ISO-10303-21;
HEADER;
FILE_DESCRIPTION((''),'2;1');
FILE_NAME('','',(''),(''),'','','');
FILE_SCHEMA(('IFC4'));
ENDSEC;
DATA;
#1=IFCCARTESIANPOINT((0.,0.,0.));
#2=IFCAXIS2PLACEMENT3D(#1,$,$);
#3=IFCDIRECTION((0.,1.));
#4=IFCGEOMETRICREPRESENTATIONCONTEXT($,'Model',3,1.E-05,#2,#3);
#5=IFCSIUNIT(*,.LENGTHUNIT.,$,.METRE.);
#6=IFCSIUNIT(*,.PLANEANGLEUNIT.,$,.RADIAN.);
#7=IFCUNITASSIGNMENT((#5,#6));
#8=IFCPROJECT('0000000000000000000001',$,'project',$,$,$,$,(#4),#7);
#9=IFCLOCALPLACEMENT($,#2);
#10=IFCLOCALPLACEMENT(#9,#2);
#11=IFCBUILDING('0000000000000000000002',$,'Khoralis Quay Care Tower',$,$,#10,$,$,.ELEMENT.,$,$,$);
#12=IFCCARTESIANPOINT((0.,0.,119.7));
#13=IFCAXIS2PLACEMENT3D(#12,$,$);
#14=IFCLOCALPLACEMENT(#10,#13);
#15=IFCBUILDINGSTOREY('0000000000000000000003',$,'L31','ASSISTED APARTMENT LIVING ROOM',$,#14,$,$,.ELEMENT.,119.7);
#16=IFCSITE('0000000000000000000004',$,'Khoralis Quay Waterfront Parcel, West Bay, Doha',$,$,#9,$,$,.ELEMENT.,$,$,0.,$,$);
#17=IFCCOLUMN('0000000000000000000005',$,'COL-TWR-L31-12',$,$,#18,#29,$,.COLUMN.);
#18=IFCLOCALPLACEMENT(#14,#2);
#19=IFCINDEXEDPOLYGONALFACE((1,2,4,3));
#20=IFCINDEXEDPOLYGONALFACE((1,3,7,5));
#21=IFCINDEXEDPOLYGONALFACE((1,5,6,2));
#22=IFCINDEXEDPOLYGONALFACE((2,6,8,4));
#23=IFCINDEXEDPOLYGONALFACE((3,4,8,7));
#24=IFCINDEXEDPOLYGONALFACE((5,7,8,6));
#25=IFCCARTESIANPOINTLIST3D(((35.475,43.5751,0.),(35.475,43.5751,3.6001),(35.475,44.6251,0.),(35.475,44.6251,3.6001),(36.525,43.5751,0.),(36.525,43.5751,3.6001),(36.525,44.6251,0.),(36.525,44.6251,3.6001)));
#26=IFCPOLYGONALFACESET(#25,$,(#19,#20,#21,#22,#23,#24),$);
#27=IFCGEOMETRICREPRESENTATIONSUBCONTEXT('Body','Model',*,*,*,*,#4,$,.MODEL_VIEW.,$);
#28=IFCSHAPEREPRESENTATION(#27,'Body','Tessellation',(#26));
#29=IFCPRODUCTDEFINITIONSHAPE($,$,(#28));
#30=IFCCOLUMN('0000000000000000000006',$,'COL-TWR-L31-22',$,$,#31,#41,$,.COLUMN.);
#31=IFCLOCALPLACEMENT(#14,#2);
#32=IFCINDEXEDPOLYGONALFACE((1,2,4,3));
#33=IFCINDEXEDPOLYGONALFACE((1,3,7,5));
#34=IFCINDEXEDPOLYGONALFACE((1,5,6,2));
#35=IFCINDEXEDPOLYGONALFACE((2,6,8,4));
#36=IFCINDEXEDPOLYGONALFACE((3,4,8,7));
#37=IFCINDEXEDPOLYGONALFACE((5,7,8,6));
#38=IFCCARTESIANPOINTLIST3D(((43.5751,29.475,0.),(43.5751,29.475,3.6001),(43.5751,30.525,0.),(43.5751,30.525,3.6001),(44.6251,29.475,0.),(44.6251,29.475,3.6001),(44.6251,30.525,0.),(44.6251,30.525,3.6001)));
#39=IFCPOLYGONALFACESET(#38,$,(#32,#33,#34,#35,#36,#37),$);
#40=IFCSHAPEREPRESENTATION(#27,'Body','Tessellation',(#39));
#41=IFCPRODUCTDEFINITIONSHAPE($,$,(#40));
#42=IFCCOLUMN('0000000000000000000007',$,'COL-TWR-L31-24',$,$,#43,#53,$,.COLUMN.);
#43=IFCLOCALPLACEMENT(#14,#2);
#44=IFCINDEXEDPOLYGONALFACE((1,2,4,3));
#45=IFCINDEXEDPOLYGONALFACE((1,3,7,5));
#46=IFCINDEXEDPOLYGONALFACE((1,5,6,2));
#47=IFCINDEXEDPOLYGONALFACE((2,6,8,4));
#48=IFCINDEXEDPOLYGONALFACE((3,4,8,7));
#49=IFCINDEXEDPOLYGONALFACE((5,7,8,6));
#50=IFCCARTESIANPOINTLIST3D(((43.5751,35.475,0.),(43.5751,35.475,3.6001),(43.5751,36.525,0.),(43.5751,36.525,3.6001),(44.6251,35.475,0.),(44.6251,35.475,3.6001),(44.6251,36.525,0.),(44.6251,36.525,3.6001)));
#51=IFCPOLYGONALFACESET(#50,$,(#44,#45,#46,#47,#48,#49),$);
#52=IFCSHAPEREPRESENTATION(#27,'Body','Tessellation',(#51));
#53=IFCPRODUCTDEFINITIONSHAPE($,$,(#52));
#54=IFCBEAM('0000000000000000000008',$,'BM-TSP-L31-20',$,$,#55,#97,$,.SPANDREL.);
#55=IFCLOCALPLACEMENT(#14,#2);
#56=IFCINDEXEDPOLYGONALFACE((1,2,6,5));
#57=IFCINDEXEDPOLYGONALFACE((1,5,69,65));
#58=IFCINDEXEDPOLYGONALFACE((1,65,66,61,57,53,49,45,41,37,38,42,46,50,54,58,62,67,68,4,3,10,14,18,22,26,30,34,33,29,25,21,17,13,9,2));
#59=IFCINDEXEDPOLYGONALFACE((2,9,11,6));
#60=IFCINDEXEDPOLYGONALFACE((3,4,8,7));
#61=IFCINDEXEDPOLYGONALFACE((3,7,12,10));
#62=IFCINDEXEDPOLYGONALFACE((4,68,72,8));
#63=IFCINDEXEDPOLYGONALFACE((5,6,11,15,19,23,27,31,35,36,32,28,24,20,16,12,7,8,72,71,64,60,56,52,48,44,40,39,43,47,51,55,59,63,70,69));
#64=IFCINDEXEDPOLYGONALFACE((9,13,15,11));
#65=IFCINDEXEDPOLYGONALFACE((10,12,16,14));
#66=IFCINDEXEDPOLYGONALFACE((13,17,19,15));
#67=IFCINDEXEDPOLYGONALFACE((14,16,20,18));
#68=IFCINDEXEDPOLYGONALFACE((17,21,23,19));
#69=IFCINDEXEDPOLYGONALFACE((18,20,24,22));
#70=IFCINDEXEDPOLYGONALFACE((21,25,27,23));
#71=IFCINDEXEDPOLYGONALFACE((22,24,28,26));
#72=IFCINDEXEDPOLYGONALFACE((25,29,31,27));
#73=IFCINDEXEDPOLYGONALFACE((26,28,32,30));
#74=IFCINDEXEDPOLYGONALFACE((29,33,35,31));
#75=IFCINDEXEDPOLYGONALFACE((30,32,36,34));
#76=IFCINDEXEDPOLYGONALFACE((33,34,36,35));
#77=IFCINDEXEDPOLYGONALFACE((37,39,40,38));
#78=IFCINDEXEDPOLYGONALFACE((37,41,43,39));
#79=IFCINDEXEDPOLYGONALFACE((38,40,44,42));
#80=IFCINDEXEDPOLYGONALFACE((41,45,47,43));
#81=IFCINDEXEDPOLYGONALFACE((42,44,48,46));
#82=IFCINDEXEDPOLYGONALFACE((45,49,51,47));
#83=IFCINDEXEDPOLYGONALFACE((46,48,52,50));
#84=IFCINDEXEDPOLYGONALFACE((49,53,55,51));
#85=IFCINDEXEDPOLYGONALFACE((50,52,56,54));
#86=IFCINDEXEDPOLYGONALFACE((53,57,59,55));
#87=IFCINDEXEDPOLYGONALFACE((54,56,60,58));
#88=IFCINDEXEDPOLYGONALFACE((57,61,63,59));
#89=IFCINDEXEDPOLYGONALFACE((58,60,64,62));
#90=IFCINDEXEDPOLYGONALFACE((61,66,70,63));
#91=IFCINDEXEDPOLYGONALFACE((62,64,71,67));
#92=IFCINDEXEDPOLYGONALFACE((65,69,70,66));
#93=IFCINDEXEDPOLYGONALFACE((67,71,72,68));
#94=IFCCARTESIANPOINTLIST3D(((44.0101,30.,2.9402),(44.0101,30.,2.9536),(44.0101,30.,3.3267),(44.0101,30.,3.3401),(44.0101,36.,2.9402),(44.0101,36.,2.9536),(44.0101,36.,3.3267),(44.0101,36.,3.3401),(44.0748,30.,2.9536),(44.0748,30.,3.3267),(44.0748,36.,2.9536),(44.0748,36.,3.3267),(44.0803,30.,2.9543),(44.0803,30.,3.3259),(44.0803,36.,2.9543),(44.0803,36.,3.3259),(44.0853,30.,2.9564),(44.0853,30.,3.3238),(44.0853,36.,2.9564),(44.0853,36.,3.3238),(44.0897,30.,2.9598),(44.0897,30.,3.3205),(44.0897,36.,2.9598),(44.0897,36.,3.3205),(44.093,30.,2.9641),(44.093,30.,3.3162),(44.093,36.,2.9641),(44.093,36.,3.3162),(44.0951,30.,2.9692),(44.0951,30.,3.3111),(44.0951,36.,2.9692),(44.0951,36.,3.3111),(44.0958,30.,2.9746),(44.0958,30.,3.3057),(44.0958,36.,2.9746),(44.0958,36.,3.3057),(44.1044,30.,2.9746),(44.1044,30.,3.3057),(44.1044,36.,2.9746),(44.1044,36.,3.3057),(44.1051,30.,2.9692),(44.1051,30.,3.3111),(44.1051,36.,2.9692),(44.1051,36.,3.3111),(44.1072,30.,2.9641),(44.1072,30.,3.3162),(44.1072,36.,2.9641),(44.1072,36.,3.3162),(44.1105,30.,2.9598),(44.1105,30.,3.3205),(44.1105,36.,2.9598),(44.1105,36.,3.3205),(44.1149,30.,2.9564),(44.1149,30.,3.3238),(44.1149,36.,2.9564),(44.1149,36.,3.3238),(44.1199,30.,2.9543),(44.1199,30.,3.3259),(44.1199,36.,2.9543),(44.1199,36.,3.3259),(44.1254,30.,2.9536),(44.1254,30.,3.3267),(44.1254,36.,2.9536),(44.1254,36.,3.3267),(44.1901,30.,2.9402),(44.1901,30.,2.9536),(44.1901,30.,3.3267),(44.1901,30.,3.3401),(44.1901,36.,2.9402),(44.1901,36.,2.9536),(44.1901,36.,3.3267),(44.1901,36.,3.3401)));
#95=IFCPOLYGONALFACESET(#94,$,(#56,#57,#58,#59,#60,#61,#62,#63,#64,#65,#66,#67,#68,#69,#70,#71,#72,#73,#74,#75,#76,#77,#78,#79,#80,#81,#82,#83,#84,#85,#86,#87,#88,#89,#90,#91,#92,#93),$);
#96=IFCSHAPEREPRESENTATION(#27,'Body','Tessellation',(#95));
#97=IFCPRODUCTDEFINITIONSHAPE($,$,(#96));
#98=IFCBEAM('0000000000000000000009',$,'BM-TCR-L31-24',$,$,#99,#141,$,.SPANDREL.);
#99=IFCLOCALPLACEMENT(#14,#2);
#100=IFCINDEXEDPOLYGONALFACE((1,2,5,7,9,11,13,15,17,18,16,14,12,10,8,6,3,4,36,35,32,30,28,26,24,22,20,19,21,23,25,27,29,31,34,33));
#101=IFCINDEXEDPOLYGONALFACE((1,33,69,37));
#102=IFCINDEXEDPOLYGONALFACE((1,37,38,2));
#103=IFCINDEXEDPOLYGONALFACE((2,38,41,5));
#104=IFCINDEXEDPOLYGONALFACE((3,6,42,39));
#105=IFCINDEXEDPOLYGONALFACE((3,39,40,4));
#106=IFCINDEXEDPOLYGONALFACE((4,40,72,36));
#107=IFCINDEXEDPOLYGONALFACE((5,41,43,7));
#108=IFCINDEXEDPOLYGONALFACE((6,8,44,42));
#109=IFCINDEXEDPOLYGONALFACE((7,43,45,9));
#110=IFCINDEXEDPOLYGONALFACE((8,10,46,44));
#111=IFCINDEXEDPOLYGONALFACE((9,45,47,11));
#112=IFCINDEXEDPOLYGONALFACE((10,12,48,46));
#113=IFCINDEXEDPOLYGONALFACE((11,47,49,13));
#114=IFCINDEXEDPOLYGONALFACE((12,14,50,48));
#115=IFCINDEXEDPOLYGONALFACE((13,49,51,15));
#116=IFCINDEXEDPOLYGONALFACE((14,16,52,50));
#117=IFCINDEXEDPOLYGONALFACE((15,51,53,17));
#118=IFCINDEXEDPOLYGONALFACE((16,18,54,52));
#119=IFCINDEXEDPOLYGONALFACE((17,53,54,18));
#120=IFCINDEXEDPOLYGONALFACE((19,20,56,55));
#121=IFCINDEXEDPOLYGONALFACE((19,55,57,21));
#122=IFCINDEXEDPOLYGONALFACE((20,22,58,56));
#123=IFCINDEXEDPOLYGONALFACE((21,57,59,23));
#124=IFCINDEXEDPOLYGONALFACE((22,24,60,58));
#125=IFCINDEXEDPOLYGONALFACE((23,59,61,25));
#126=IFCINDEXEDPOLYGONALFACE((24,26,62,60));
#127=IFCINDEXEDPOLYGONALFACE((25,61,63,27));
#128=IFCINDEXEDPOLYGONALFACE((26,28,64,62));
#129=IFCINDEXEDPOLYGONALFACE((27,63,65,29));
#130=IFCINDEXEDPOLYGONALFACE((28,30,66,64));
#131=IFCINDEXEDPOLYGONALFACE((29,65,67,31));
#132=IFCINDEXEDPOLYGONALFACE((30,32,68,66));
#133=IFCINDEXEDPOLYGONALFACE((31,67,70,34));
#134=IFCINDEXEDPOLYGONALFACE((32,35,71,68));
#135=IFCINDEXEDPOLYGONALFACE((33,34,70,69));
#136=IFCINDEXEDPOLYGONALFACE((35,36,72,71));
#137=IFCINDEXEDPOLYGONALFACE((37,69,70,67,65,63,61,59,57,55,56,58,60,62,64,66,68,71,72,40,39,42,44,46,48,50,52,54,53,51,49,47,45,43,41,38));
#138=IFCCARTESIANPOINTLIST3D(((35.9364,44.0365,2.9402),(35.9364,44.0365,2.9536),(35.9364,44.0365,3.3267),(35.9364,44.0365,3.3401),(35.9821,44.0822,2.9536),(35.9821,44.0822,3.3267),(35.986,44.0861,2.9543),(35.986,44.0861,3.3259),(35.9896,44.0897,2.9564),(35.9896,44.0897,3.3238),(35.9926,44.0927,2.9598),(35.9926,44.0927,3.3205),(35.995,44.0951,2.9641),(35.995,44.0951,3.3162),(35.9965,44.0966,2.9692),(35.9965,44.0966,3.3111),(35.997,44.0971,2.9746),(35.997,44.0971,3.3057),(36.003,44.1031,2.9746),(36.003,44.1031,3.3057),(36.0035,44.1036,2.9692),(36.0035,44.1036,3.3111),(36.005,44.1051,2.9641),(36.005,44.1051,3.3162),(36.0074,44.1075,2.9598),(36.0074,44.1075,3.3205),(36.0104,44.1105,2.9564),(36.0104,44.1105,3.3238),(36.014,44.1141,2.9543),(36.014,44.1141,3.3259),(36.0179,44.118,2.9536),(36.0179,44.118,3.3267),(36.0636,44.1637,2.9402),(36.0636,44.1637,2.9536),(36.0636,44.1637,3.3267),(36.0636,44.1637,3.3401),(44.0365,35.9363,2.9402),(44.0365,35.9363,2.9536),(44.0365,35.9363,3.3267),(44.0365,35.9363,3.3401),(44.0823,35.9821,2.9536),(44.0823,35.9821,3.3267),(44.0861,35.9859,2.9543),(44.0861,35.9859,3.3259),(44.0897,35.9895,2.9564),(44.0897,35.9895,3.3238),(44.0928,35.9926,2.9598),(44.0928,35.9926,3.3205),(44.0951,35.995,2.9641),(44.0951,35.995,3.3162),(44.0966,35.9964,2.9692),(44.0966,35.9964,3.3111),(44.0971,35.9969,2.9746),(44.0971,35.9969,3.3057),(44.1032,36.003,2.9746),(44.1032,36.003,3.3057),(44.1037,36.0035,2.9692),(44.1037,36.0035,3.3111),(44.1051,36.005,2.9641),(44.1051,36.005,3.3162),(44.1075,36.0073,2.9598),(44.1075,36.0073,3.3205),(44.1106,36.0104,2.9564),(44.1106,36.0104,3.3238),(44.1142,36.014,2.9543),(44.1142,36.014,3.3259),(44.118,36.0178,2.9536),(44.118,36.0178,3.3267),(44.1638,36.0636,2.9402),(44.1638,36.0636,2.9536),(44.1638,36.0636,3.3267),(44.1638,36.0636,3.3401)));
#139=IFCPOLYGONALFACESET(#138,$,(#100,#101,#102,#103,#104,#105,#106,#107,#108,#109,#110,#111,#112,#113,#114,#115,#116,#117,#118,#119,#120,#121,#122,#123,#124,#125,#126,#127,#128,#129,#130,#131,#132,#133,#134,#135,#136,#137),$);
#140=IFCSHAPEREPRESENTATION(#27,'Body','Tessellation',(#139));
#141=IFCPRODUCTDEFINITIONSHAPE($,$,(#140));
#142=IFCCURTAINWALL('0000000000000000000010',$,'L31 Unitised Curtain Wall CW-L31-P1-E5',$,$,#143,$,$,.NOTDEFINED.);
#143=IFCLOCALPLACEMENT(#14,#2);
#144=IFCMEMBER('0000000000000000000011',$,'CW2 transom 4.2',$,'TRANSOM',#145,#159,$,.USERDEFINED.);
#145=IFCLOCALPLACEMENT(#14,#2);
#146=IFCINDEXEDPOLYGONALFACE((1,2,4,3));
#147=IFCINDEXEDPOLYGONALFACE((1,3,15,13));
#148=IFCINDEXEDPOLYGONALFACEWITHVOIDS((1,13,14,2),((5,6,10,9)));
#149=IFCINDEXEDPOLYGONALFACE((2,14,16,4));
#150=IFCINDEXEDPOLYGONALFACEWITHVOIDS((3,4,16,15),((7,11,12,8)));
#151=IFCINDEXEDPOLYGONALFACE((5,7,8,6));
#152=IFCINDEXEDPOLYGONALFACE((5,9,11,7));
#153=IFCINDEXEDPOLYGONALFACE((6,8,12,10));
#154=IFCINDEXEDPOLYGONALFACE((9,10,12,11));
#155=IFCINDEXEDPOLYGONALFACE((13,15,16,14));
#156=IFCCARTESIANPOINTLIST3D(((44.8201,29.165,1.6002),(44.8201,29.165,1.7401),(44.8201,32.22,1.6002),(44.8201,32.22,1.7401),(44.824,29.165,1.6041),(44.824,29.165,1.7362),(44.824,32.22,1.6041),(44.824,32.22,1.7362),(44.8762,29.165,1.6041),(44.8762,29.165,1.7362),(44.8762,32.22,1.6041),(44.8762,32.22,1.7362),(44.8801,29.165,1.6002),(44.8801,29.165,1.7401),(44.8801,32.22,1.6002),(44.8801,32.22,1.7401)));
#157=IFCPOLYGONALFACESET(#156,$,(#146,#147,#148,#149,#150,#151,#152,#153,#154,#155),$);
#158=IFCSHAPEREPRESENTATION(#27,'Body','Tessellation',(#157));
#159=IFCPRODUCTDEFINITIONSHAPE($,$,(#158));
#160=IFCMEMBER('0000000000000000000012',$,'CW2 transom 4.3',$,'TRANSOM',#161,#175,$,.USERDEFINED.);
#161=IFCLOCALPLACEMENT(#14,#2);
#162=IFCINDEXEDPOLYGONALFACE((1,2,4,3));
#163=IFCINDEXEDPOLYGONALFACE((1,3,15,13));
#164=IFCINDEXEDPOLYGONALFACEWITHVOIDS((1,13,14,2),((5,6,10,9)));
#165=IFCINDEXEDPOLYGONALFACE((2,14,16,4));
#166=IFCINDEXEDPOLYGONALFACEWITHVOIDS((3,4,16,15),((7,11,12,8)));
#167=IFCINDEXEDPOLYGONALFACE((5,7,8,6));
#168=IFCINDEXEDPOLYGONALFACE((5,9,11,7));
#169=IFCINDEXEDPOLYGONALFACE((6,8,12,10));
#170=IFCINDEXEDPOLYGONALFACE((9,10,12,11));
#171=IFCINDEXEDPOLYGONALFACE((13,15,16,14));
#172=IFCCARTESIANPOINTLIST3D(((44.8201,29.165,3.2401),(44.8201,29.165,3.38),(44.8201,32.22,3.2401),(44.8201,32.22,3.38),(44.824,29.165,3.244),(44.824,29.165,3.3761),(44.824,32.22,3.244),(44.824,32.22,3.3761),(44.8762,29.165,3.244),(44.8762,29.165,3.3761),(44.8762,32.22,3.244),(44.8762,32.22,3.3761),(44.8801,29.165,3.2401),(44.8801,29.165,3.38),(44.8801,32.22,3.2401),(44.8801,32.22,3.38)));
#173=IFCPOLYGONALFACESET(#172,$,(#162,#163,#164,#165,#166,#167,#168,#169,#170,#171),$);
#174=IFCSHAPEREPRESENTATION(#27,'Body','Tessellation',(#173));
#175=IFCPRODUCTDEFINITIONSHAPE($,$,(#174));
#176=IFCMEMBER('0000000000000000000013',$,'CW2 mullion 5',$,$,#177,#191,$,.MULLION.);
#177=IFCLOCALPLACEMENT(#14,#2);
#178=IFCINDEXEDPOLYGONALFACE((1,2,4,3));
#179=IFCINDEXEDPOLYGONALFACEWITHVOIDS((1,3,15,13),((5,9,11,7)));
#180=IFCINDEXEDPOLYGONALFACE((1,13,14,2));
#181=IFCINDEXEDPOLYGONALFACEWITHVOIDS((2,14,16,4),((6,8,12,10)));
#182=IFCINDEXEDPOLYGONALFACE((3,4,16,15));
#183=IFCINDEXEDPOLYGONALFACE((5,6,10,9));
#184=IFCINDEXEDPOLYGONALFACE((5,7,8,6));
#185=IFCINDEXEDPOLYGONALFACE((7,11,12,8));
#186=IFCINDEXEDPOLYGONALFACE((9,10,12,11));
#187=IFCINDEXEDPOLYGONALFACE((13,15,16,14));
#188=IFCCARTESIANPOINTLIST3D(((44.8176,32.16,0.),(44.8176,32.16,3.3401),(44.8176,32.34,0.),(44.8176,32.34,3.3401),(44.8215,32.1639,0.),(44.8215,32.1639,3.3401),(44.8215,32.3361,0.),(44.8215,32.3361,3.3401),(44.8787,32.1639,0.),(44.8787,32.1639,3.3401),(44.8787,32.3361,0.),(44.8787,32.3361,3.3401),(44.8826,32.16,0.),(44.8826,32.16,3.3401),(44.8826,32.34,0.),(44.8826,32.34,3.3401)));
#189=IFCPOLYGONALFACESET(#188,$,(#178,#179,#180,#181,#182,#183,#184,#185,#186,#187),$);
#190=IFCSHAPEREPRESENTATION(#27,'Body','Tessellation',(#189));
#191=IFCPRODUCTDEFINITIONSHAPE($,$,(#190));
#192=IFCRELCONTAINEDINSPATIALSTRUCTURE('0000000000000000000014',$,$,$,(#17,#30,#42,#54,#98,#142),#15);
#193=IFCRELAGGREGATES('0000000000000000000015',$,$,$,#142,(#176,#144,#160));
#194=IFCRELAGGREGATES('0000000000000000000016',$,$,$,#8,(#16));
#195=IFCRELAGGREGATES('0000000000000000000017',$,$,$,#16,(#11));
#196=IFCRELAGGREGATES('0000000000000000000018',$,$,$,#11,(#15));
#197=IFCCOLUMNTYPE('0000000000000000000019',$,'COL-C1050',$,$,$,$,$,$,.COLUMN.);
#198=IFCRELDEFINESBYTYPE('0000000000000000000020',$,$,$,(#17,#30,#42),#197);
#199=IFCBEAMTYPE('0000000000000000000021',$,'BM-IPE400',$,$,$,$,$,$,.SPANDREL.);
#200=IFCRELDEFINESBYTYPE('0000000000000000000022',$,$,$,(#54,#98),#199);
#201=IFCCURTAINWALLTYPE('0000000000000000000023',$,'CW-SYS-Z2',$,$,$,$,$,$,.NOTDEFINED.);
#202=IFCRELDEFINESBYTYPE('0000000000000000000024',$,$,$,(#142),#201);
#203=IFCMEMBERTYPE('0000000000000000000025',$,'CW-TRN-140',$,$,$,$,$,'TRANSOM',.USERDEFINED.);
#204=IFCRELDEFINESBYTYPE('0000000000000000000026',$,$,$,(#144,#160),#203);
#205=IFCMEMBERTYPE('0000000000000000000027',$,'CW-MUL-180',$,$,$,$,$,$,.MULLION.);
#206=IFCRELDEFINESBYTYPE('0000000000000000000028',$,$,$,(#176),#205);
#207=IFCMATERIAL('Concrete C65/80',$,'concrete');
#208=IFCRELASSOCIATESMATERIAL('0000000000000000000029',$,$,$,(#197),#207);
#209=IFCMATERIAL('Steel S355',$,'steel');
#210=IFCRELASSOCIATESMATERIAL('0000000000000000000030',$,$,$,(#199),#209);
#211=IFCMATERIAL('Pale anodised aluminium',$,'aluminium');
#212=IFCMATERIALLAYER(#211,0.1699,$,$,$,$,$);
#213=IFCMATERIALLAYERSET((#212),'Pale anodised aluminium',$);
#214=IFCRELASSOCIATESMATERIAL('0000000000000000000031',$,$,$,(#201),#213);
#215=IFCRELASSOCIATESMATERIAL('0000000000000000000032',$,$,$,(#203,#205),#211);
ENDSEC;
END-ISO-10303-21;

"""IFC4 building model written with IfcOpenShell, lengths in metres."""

from ifc_helpers import new_model, si_unit, direction, frame, origin, origin_2d, place, context, subcontext, project, spatial, rectangle, hollow_rectangle, i_section, extrude, source, transform, mapped, material, layer, layer_set, material_profile, profile_set, type_object, element, aggregate, save


model = new_model("IFC4")

# Units and contexts
model_context = context("Model", 3, precision=1e-05, world=origin(), true_north=direction((0.0, 1.0)))
body_context = subcontext(model_context, "Body", "Model", "MODEL_VIEW")
ifc_project = project(units=[si_unit("LENGTHUNIT", "METRE"), si_unit("PLANEANGLEUNIT", "RADIAN")], contexts=[model_context])

# Site, building, storey
site_placement = place(None, origin())
site = spatial("IfcSite", under=ifc_project, at=site_placement, Name="Khoralis Quay Waterfront Parcel, West Bay, Doha", CompositionType="ELEMENT", RefElevation=0.0)
building_placement = place(site_placement, origin())
building = spatial("IfcBuilding", under=site, at=building_placement, Name="Khoralis Quay Care Tower", CompositionType="ELEMENT")
storey_placement = place(building_placement, frame((0.0, 0.0, 119.7)))
storey = spatial("IfcBuildingStorey", under=building, at=storey_placement, Name="L31", Description="ASSISTED APARTMENT LIVING ROOM", CompositionType="ELEMENT", Elevation=119.7)

# Columns
ifc_material_1 = material(Name="Concrete C65/80", Category="concrete")
ifc_material_profile_1 = material_profile(ifc_material_1, rectangle(XDim=1.05, YDim=1.05, at=origin_2d()), Name="Concrete C65/80")
ifc_profile_set_1 = profile_set([ifc_material_profile_1], Name="Concrete C65/80")
column_type = type_object("IfcColumnType", Name="COL-C1050", PredefinedType="COLUMN", material=ifc_profile_set_1)
shared_shape_1 = source(origin(), body_context, "Body", "SweptSolid", [
    extrude(rectangle(XDim=1.05, YDim=1.05, at=origin_2d()), origin(), (0.0, 0.0, 1.0), 3.6001),
])
for number, where, z_axis, x_axis, name in (
    (1, (36.0, 44.1001, 0.0), (0.0, 0.0, 1.0), (1.0, 0.0, 0.0), "COL-TWR-L31-12"),
    (2, (44.1001, 30.0, 0.0), (0.0, 0.0, 1.0), (1.0, 0.0, 0.0), "COL-TWR-L31-22"),
    (3, (44.1001, 36.0, 0.0), (0.0, 0.0, 1.0), (1.0, 0.0, 0.0), "COL-TWR-L31-24"),
):
    element("IfcColumn", number, at=place(storey_placement, frame(where, z_axis=z_axis, x_axis=x_axis)), inside=storey, type_object=column_type, Name=name, PredefinedType="COLUMN", context=body_context, shape_type="MappedRepresentation", body=[
        mapped(shared_shape_1, transform((0.0, 0.0, 0.0), scale=1.0)),
    ])

# Beams
ifc_material_2 = material(Name="Steel S355", Category="steel")
ifc_material_profile_2 = material_profile(ifc_material_2, i_section(OverallWidth=0.1799, OverallDepth=0.3999, WebThickness=0.0085, FlangeThickness=0.0134, FilletRadius=0.021, at=origin_2d()), Name="Steel S355")
ifc_profile_set_2 = profile_set([ifc_material_profile_2], Name="Steel S355")
beam_type = type_object("IfcBeamType", Name="BM-IPE400", PredefinedType="SPANDREL", material=ifc_profile_set_2)
shared_shape_2 = source(origin(), body_context, "Body", "SweptSolid", [
    extrude(i_section(OverallWidth=0.1799, OverallDepth=0.3999, WebThickness=0.0085, FlangeThickness=0.0134, FilletRadius=0.021, at=origin_2d()), origin(), (0.0, 0.0, 1.0), 6.0),
])
beam_1_placement = place(storey_placement, frame((44.1001, 30.0, 3.1401), z_axis=(0.0, 1.0, 0.0), x_axis=(-1.0, 0.0, 0.0)))
element("IfcBeam", 4, at=beam_1_placement, inside=storey, type_object=beam_type, Name="BM-TSP-L31-20", PredefinedType="SPANDREL", context=body_context, shape_type="MappedRepresentation", body=[
    mapped(shared_shape_2, transform((0.0, 0.0, 0.0), scale=1.0)),
])
shared_shape_3 = source(origin(), body_context, "Body", "SweptSolid", [
    extrude(i_section(OverallWidth=0.1799, OverallDepth=0.3999, WebThickness=0.0085, FlangeThickness=0.0134, FilletRadius=0.021, at=origin_2d()), origin(), (0.0, 0.0, 1.0), 11.4553),
])
beam_2_placement = place(storey_placement, frame((36.0, 44.1001, 3.1401), z_axis=(0.707107, -0.707107, 0.0), x_axis=(0.707107, 0.707107, 0.0)))
element("IfcBeam", 5, at=beam_2_placement, inside=storey, type_object=beam_type, Name="BM-TCR-L31-24", PredefinedType="SPANDREL", context=body_context, shape_type="MappedRepresentation", body=[
    mapped(shared_shape_3, transform((0.0, 0.0, 0.0), scale=1.0)),
])

# Curtain wall, members
ifc_material_3 = material(Name="Pale anodised aluminium", Category="aluminium")
ifc_layer_1 = layer(ifc_material_3, 0.1699)
ifc_layer_set_1 = layer_set([ifc_layer_1], Name="Pale anodised aluminium")
curtain_wall_type = type_object("IfcCurtainWallType", Name="CW-SYS-Z2", PredefinedType="NOTDEFINED", material=ifc_layer_set_1)
curtain_wall_placement = place(storey_placement, origin())
curtain_wall = element("IfcCurtainWall", 6, at=curtain_wall_placement, inside=storey, type_object=curtain_wall_type, Name="L31 Unitised Curtain Wall CW-L31-P1-E5", PredefinedType="NOTDEFINED")
ifc_material_profile_3 = material_profile(ifc_material_3, hollow_rectangle(XDim=0.0601, YDim=0.1399, WallThickness=0.0039, at=origin_2d()), Name="Pale anodised aluminium")
ifc_profile_set_3 = profile_set([ifc_material_profile_3], Name="Pale anodised aluminium")
member_type_1 = type_object("IfcMemberType", Name="CW-TRN-140", ElementType="TRANSOM", PredefinedType="USERDEFINED", material=ifc_profile_set_3)
shared_shape_4 = source(origin(), body_context, "Body", "SweptSolid", [
    extrude(hollow_rectangle(XDim=0.0601, YDim=0.1399, WallThickness=0.0039, at=origin_2d()), origin(), (0.0, 0.0, 1.0), 3.0549),
])
member_1_placement = place(storey_placement, frame((44.8501, 29.165, 1.6702), z_axis=(0.0, 1.0, 0.0), x_axis=(-1.0, 0.0, 0.0)))
member_1 = element("IfcMember", 7, at=member_1_placement, type_object=member_type_1, Name="CW2 transom 4.2", ObjectType="TRANSOM", PredefinedType="USERDEFINED", context=body_context, shape_type="MappedRepresentation", body=[
    mapped(shared_shape_4, transform((0.0, 0.0, 0.0), scale=1.0)),
])
member_2_placement = place(storey_placement, frame((44.8501, 29.165, 3.3101), z_axis=(0.0, 1.0, 0.0), x_axis=(-1.0, 0.0, 0.0)))
member_2 = element("IfcMember", 8, at=member_2_placement, type_object=member_type_1, Name="CW2 transom 4.3", ObjectType="TRANSOM", PredefinedType="USERDEFINED", context=body_context, shape_type="MappedRepresentation", body=[
    mapped(shared_shape_4, transform((0.0, 0.0, 0.0), scale=1.0)),
])
ifc_material_profile_4 = material_profile(ifc_material_3, hollow_rectangle(XDim=0.0649, YDim=0.1799, WallThickness=0.0039, at=origin_2d()), Name="Pale anodised aluminium")
ifc_profile_set_4 = profile_set([ifc_material_profile_4], Name="Pale anodised aluminium")
member_type_2 = type_object("IfcMemberType", Name="CW-MUL-180", PredefinedType="MULLION", material=ifc_profile_set_4)
shared_shape_5 = source(origin(), body_context, "Body", "SweptSolid", [
    extrude(hollow_rectangle(XDim=0.0649, YDim=0.1799, WallThickness=0.0039, at=origin_2d()), origin(), (0.0, 0.0, 1.0), 3.3401),
])
member_3_placement = place(storey_placement, frame((44.8501, 32.25, 0.0), z_axis=(0.0, 0.0, 1.0), x_axis=(-1.0, 0.0, 0.0)))
member_3 = element("IfcMember", 9, at=member_3_placement, type_object=member_type_2, Name="CW2 mullion 5", PredefinedType="MULLION", context=body_context, shape_type="MappedRepresentation", body=[
    mapped(shared_shape_5, transform((0.0, 0.0, 0.0), scale=1.0)),
])
aggregate(curtain_wall, [member_3, member_1, member_2])

save(model, "model.ifc")
